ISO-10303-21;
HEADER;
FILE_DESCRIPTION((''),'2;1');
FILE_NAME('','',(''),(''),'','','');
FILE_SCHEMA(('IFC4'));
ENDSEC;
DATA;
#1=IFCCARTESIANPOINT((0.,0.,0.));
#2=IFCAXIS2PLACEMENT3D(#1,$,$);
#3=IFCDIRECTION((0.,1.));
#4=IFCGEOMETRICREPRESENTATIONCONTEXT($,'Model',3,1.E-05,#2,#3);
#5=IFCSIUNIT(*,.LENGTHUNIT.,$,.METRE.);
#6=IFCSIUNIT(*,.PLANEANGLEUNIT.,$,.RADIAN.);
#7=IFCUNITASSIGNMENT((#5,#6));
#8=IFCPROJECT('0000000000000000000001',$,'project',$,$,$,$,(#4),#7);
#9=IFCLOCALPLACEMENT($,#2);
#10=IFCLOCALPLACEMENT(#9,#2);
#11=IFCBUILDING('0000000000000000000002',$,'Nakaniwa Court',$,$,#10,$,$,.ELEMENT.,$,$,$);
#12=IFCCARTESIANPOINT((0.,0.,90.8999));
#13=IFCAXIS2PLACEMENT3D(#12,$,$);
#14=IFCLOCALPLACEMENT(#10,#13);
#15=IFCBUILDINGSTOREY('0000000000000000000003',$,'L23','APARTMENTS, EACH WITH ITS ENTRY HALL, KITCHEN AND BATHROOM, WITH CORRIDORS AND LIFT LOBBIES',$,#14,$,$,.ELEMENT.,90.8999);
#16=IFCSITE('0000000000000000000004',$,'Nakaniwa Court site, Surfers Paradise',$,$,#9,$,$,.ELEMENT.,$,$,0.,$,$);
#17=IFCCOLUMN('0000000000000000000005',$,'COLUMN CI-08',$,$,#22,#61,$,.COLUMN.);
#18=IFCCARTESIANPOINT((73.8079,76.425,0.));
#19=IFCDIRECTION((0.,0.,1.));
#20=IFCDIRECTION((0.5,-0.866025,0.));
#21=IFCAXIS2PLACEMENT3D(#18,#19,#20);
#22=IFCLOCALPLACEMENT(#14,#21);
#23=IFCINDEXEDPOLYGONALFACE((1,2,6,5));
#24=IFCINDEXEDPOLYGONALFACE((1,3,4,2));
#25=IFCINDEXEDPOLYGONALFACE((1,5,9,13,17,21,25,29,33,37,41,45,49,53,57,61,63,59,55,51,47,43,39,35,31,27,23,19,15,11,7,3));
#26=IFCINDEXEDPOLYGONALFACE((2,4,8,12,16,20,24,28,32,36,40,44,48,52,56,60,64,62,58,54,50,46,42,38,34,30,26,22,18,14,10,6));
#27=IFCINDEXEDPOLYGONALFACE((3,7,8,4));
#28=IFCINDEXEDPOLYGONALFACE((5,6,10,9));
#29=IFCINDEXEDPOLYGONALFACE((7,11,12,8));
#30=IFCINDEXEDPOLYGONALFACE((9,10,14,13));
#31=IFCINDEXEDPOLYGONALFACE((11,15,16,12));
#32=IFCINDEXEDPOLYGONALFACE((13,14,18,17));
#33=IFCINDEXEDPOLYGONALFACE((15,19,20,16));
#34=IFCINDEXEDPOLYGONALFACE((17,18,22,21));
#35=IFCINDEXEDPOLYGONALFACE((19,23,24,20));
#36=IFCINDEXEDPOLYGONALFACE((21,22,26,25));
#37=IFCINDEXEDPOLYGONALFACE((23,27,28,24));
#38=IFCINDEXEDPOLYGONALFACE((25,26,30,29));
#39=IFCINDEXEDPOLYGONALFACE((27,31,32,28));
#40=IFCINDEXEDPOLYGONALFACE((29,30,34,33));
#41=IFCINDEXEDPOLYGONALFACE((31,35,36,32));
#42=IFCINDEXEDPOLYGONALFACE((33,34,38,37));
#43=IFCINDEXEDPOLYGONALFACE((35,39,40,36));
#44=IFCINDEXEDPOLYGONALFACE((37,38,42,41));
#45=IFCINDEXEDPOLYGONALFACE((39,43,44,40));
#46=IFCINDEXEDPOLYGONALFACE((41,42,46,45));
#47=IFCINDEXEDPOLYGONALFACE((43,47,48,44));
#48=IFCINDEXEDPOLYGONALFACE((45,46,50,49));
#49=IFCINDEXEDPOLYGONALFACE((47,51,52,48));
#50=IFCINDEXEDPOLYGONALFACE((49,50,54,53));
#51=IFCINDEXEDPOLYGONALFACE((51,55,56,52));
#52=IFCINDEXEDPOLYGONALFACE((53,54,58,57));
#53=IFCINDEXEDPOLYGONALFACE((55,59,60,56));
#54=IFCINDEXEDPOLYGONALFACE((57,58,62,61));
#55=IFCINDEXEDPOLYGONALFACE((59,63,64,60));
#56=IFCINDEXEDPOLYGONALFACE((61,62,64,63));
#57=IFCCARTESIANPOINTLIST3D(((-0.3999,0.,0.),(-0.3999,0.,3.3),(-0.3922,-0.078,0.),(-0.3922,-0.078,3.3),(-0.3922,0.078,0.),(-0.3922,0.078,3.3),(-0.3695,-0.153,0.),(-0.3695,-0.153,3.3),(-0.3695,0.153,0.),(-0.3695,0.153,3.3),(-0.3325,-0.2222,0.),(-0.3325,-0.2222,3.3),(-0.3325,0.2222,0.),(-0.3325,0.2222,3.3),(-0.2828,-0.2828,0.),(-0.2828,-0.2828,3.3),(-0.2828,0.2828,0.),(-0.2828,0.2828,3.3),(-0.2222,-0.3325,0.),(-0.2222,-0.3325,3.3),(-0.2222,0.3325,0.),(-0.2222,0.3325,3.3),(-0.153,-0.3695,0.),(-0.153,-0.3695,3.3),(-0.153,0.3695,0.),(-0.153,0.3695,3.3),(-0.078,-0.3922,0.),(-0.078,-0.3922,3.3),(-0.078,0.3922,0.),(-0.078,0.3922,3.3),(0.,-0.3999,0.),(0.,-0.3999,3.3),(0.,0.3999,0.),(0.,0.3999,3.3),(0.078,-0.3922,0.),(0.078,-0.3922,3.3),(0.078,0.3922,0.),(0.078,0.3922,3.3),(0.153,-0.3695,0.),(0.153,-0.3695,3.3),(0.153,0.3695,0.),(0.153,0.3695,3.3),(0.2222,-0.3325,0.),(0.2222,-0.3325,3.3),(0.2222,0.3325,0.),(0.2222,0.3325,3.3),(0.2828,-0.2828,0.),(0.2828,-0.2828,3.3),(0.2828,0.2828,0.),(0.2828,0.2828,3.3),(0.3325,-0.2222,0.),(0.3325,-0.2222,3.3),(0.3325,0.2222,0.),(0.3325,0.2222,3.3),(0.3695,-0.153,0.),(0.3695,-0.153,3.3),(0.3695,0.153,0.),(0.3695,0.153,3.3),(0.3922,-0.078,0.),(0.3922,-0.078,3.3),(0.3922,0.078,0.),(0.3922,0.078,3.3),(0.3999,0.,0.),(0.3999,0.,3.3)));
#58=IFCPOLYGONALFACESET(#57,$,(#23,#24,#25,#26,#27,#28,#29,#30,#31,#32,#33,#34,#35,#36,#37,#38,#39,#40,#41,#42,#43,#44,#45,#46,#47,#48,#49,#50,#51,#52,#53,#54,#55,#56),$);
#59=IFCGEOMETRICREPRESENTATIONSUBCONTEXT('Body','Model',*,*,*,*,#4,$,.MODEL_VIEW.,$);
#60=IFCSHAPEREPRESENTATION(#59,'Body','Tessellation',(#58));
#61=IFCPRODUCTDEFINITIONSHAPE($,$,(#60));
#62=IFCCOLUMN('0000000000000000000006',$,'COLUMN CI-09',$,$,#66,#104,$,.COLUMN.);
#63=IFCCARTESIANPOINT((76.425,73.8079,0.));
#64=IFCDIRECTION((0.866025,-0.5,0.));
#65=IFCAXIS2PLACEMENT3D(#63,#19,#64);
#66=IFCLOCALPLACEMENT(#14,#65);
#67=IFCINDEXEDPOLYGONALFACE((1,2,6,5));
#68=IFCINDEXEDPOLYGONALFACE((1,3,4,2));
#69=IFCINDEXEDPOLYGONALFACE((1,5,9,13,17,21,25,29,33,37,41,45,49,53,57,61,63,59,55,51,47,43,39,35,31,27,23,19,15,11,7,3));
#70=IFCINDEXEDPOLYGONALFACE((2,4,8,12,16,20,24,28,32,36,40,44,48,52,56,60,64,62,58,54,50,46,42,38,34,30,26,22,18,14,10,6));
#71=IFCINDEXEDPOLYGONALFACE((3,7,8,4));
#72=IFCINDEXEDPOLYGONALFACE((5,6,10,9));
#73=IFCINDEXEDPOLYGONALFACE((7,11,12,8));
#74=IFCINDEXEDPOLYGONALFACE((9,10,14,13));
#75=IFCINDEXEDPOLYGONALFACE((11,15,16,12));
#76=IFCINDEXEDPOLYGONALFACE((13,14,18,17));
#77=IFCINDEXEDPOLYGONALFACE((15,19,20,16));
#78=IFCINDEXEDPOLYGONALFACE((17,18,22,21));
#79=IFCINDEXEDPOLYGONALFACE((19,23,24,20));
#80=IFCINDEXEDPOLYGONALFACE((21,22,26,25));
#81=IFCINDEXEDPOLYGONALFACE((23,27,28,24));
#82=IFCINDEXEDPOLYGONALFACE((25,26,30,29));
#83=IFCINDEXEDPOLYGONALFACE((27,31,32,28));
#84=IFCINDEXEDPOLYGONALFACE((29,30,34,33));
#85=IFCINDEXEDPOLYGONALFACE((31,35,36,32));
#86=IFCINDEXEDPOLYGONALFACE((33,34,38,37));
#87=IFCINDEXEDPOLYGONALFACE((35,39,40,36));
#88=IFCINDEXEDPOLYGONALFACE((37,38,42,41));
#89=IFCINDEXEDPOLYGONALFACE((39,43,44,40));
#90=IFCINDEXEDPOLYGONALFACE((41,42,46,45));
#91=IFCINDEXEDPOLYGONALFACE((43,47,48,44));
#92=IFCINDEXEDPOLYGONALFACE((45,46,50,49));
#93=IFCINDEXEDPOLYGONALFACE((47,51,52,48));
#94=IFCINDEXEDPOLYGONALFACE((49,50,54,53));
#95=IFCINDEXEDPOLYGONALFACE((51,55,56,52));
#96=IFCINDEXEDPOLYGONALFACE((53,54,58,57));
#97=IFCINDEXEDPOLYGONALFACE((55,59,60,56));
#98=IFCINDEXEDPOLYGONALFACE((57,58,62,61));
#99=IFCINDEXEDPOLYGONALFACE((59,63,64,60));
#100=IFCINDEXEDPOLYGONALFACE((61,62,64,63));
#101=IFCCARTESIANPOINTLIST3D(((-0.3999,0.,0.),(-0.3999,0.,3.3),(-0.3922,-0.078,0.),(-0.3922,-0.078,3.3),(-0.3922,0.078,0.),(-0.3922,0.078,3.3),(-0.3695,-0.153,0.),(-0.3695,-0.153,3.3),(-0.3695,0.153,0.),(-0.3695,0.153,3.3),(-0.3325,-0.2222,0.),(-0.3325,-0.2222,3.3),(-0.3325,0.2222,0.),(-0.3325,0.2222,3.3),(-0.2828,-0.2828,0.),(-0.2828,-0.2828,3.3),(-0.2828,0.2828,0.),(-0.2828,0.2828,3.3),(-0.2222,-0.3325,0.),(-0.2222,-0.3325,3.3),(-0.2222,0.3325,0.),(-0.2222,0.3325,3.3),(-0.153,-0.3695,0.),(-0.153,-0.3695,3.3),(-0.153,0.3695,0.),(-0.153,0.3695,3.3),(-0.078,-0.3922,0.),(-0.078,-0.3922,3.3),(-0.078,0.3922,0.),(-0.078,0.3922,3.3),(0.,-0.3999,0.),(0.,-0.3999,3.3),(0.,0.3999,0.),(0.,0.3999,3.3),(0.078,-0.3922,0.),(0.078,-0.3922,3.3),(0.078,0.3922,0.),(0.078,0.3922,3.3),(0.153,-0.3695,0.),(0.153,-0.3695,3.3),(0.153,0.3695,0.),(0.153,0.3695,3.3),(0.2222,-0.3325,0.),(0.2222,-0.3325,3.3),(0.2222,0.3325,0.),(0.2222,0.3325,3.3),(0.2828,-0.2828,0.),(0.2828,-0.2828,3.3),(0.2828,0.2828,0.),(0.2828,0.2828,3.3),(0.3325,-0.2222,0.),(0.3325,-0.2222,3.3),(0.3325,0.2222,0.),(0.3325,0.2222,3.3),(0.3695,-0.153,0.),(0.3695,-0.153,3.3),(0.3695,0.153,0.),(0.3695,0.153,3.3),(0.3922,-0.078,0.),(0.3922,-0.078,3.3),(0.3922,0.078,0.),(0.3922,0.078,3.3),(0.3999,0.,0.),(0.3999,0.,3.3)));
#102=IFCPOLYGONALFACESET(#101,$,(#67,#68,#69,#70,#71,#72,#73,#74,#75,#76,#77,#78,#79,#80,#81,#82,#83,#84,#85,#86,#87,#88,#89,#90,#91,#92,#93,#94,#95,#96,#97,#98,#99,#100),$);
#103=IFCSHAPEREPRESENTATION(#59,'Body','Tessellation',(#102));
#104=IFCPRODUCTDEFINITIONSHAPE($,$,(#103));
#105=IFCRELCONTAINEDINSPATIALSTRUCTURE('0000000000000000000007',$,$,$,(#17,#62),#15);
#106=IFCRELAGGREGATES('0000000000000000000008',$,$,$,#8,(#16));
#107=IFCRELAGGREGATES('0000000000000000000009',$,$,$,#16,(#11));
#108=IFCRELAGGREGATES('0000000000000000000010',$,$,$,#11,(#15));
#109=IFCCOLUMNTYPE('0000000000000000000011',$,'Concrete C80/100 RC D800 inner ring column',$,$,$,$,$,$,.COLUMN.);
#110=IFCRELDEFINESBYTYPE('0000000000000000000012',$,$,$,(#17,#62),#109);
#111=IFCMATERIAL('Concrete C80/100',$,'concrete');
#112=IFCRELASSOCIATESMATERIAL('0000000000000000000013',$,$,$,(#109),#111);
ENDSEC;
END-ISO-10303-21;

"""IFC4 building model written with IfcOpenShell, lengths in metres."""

from ifc_helpers import new_model, si_unit, direction, frame, origin, origin_2d, place, context, subcontext, project, spatial, circle, extrude, material, material_profile, profile_set, type_object, element, save


model = new_model("IFC4")

# Units and contexts
model_context = context("Model", 3, precision=1e-05, world=origin(), true_north=direction((0.0, 1.0)))
body_context = subcontext(model_context, "Body", "Model", "MODEL_VIEW")
ifc_project = project(units=[si_unit("LENGTHUNIT", "METRE"), si_unit("PLANEANGLEUNIT", "RADIAN")], contexts=[model_context])

# Site, building, storey
site_placement = place(None, origin())
site = spatial("IfcSite", under=ifc_project, at=site_placement, Name="Nakaniwa Court site, Surfers Paradise", CompositionType="ELEMENT", RefElevation=0.0)
building_placement = place(site_placement, origin())
building = spatial("IfcBuilding", under=site, at=building_placement, Name="Nakaniwa Court", CompositionType="ELEMENT")
storey_placement = place(building_placement, frame((0.0, 0.0, 90.8999)))
storey = spatial("IfcBuildingStorey", under=building, at=storey_placement, Name="L23", Description="APARTMENTS, EACH WITH ITS ENTRY HALL, KITCHEN AND BATHROOM, WITH CORRIDORS AND LIFT LOBBIES", CompositionType="ELEMENT", Elevation=90.8999)

# Columns
ifc_material_1 = material(Name="Concrete C80/100", Category="concrete")
ifc_material_profile_1 = material_profile(ifc_material_1, circle(Radius=0.3999, at=origin_2d()), Name="Concrete C80/100 RC D800 inner ring column")
ifc_profile_set_1 = profile_set([ifc_material_profile_1], Name="Concrete C80/100")
column_type_1 = type_object("IfcColumnType", Name="Concrete C80/100 RC D800 inner ring column", PredefinedType="COLUMN", material=ifc_profile_set_1)
for number, where, z_axis, x_axis, name in (
    (1, (73.8079, 76.425, 0.0), (0.0, 0.0, 1.0), (0.5, -0.866025, 0.0), "COLUMN CI-08"),
    (2, (76.425, 73.8079, 0.0), (0.0, 0.0, 1.0), (0.866025, -0.5, 0.0), "COLUMN CI-09"),
):
    element("IfcColumn", number, at=place(storey_placement, frame(where, z_axis=z_axis, x_axis=x_axis)), inside=storey, type_object=column_type_1, Name=name, PredefinedType="COLUMN", context=body_context, shape_type="SweptSolid", body=[
        extrude(circle(Radius=0.3999, at=origin_2d()), origin(), (0.0, 0.0, 1.0), 3.3),
    ])

save(model, "model.ifc")
